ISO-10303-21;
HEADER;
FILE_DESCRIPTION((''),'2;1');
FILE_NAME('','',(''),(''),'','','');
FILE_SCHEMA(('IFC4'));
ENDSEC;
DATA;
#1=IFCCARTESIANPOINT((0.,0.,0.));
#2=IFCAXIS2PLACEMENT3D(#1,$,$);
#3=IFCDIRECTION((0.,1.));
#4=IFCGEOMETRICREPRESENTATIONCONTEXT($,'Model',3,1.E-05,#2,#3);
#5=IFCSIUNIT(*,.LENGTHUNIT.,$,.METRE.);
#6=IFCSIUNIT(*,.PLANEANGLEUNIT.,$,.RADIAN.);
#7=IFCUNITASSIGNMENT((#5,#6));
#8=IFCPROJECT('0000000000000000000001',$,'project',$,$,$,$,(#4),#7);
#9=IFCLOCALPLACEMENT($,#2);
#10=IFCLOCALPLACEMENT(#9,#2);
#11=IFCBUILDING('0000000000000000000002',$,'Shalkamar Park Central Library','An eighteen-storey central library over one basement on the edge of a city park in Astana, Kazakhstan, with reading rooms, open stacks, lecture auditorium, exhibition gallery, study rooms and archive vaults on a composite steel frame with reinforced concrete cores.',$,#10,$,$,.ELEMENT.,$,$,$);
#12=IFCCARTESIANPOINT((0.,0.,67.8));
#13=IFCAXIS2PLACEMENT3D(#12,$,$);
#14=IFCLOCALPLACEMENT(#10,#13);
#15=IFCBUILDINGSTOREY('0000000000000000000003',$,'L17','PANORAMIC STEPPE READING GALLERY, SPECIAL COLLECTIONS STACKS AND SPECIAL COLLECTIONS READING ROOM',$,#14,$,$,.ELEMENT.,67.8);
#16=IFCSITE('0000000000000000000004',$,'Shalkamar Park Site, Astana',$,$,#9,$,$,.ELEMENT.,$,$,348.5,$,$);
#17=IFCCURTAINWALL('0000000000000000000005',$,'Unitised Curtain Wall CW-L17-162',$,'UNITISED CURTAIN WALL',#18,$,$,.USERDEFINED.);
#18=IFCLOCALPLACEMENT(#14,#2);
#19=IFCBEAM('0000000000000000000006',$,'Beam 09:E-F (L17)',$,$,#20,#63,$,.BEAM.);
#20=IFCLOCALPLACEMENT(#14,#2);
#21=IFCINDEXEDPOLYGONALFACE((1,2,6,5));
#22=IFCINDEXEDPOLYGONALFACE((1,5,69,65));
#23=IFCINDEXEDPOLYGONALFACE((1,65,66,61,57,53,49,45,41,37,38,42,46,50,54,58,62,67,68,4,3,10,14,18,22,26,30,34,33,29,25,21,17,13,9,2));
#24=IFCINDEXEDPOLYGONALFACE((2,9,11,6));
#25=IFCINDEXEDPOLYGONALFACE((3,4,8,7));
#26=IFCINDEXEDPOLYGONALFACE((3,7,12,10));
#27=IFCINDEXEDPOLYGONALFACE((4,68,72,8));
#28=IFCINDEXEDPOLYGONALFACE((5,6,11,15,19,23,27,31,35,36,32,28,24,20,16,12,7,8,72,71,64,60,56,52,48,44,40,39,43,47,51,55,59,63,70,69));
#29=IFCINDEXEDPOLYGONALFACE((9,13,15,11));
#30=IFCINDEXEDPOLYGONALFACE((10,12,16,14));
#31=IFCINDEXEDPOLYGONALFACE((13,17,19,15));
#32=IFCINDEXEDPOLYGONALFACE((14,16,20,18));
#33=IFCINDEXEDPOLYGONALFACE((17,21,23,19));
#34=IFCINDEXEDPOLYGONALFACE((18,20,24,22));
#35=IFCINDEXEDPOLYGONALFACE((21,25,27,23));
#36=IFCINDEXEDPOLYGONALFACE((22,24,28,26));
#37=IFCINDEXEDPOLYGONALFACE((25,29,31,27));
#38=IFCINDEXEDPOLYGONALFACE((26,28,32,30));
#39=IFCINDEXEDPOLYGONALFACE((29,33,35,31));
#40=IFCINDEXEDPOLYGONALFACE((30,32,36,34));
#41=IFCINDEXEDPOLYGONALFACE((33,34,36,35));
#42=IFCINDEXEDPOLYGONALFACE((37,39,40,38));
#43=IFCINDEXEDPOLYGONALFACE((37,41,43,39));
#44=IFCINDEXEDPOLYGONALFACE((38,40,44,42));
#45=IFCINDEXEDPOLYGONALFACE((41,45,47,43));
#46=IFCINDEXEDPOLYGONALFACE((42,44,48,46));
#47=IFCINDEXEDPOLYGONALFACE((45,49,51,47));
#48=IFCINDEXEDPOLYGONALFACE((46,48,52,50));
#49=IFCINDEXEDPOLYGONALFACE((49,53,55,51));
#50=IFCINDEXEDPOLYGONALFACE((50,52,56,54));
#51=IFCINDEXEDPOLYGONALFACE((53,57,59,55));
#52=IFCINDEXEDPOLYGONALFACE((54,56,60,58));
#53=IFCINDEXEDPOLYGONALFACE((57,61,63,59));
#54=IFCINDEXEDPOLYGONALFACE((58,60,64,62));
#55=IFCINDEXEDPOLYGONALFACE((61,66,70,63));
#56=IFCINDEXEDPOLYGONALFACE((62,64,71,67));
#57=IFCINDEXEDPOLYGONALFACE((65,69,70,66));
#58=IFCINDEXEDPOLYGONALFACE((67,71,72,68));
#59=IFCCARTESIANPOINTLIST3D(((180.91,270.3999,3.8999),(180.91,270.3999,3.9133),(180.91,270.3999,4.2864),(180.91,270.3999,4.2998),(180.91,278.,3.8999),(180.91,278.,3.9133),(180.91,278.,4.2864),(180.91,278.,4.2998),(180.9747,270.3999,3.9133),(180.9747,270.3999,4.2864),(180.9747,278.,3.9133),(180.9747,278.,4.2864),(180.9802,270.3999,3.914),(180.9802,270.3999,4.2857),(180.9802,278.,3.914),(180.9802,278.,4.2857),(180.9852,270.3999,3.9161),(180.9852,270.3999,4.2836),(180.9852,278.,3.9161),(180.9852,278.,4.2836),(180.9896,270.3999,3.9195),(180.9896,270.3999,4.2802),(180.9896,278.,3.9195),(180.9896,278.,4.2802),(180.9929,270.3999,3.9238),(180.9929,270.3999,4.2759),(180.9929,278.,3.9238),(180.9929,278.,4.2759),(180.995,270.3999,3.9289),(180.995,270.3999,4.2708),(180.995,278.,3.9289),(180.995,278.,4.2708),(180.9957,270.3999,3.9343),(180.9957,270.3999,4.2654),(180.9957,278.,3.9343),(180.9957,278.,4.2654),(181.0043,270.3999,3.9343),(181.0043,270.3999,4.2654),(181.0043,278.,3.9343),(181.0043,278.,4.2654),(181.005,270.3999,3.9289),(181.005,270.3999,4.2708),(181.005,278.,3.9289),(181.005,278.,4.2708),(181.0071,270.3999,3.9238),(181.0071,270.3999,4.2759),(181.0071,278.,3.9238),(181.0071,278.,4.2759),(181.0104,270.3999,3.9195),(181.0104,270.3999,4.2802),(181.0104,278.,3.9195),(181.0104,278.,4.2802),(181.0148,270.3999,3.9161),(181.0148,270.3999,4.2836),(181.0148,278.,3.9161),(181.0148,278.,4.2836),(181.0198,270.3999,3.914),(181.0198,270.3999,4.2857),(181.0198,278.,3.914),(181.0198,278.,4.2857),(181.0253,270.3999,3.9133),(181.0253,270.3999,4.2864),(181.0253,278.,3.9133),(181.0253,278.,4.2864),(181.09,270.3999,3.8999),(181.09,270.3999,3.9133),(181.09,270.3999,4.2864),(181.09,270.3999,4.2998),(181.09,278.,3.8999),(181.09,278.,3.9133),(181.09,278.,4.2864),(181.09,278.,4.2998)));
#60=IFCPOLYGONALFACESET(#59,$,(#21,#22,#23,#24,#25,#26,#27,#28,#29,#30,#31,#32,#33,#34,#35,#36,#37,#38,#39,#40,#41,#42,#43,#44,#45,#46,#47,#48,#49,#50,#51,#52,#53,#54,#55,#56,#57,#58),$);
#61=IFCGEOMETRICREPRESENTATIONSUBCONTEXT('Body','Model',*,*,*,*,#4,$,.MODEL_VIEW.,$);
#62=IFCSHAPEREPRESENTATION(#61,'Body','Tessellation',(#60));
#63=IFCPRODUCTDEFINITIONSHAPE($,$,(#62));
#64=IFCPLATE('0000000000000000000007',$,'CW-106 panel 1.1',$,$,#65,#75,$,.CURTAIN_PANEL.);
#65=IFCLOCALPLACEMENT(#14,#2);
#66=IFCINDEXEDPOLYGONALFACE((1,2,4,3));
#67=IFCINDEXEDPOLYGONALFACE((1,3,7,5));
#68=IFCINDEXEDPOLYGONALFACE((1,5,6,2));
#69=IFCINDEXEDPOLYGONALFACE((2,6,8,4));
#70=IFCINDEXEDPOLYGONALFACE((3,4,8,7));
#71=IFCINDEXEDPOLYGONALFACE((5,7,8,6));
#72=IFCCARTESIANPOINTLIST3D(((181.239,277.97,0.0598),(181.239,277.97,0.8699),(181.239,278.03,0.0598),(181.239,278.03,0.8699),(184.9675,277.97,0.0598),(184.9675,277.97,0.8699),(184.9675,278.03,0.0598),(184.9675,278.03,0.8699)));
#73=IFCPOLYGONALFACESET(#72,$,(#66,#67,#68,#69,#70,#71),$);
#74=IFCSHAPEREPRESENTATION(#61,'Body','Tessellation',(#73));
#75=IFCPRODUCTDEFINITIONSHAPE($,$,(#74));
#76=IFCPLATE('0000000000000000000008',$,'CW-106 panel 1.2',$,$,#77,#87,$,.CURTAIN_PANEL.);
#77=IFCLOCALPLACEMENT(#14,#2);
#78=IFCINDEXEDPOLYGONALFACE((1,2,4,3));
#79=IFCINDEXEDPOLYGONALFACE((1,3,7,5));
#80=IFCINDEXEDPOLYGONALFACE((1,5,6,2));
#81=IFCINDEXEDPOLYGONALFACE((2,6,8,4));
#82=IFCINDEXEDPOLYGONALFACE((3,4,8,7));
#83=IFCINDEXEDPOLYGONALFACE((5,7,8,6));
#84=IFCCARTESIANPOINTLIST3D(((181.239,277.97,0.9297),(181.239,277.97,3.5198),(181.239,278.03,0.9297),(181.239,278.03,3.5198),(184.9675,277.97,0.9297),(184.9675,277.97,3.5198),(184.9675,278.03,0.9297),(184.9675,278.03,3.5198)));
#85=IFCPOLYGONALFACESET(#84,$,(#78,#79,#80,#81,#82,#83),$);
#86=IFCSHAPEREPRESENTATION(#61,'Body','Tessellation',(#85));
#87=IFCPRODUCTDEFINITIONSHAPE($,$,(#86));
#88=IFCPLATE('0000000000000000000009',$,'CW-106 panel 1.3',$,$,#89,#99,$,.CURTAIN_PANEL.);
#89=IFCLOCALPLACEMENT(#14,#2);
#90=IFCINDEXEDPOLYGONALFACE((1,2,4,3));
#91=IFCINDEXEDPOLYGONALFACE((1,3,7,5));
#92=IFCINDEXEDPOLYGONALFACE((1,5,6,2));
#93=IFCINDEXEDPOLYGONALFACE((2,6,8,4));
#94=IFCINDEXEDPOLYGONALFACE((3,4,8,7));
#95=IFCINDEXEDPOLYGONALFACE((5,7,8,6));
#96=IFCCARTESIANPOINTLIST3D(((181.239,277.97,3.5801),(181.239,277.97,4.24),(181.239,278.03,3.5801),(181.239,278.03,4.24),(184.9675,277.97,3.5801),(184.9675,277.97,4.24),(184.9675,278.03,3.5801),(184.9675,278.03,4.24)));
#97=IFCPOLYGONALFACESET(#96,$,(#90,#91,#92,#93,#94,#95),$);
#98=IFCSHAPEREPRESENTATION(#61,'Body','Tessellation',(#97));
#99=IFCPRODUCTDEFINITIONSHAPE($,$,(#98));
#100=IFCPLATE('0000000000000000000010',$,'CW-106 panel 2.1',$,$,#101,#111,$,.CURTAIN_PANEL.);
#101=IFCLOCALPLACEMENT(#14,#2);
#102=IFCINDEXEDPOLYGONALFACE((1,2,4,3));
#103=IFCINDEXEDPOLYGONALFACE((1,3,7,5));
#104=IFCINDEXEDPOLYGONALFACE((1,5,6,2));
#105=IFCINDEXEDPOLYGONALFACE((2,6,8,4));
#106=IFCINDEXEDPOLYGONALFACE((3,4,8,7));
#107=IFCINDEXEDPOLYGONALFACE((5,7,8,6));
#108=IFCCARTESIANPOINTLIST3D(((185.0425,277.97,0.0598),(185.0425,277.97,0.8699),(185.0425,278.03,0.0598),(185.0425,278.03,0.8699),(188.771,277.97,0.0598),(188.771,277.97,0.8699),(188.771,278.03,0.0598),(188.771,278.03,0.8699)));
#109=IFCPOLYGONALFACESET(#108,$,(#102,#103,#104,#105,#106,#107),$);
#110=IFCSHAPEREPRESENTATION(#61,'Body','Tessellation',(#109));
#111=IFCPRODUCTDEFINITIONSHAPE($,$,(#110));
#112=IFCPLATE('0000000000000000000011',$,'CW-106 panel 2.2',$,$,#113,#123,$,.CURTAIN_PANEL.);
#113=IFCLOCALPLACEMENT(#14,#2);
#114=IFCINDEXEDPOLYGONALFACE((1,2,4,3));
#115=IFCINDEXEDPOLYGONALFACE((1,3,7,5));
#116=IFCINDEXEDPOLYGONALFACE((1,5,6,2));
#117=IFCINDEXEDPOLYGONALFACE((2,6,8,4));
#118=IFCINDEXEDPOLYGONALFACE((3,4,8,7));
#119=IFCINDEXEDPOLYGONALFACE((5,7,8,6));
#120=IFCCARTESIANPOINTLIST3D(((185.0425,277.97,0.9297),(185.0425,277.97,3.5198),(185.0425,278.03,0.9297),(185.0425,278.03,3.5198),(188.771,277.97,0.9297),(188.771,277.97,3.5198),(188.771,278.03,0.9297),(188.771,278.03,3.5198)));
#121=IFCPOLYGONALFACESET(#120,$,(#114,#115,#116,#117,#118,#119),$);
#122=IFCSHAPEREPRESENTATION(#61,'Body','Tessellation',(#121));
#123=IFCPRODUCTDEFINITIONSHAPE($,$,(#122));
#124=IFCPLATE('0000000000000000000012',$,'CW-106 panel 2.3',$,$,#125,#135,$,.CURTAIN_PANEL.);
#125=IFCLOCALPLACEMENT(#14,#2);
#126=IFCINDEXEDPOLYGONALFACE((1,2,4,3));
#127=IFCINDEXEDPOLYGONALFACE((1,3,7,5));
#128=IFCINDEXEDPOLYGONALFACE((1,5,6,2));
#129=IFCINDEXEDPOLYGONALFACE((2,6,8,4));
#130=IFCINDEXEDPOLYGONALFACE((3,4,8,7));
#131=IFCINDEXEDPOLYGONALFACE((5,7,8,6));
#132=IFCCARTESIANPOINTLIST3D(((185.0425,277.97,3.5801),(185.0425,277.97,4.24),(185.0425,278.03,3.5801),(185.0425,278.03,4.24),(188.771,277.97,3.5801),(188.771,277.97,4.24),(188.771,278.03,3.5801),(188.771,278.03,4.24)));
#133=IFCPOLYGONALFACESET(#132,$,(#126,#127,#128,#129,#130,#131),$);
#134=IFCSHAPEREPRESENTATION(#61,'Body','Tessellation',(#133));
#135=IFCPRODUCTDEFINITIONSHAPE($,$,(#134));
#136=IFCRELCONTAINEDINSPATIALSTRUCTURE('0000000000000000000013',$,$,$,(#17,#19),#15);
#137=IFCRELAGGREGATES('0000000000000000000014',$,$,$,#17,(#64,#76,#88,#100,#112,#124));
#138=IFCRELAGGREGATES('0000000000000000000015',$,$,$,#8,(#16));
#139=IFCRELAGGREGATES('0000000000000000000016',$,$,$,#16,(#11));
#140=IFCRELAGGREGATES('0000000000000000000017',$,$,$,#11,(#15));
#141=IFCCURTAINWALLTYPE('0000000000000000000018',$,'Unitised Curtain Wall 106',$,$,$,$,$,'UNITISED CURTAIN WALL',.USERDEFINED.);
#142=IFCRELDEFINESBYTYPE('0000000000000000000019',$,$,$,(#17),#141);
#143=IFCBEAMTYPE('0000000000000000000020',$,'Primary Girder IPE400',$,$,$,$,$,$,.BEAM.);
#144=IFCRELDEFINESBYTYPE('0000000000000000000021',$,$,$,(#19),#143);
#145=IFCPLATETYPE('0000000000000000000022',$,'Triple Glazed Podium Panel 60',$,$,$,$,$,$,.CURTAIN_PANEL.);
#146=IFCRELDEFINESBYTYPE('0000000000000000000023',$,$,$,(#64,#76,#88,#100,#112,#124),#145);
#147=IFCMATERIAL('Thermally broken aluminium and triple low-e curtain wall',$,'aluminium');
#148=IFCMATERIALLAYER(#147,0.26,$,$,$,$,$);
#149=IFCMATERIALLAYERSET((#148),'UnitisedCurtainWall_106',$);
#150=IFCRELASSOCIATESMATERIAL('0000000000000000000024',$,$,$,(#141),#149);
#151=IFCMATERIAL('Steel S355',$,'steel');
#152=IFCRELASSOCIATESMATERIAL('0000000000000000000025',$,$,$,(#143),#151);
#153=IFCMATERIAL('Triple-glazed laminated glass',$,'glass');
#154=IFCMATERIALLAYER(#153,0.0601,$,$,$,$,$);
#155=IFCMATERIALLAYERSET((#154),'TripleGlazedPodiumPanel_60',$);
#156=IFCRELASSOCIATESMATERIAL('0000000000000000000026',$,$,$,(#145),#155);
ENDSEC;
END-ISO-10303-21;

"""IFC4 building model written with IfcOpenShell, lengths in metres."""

from ifc_helpers import new_model, si_unit, direction, frame, origin, origin_2d, place, context, subcontext, project, spatial, rectangle, i_section, extrude, material, layer, layer_set, material_profile, profile_set, type_object, element, aggregate, save


model = new_model("IFC4")

# Units and contexts
model_context = context("Model", 3, precision=1e-05, world=origin(), true_north=direction((0.0, 1.0)))
body_context = subcontext(model_context, "Body", "Model", "MODEL_VIEW")
ifc_project = project(units=[si_unit("LENGTHUNIT", "METRE"), si_unit("PLANEANGLEUNIT", "RADIAN")], contexts=[model_context])

# Site, building, storey
site_placement = place(None, origin())
site = spatial("IfcSite", under=ifc_project, at=site_placement, Name="Shalkamar Park Site, Astana", CompositionType="ELEMENT", RefElevation=348.5)
building_placement = place(site_placement, origin())
building = spatial("IfcBuilding", under=site, at=building_placement, Name="Shalkamar Park Central Library", Description="An eighteen-storey central library over one basement on the edge of a city park in Astana, Kazakhstan, with reading rooms, open stacks, lecture auditorium, exhibition gallery, study rooms and archive vaults on a composite steel frame with reinforced concrete cores.", CompositionType="ELEMENT")
storey_placement = place(building_placement, frame((0.0, 0.0, 67.8)))
storey = spatial("IfcBuildingStorey", under=building, at=storey_placement, Name="L17", Description="PANORAMIC STEPPE READING GALLERY, SPECIAL COLLECTIONS STACKS AND SPECIAL COLLECTIONS READING ROOM", CompositionType="ELEMENT", Elevation=67.8)

# Shared definitions
ifc_material_1 = material(Name="Steel S355", Category="steel")

# Curtain wall
ifc_material_2 = material(Name="Thermally broken aluminium and triple low-e curtain wall", Category="aluminium")
ifc_layer_1 = layer(ifc_material_2, 0.26)
ifc_layer_set_1 = layer_set([ifc_layer_1], Name="UnitisedCurtainWall_106")
curtain_wall_type = type_object("IfcCurtainWallType", Name="Unitised Curtain Wall 106", ElementType="UNITISED CURTAIN WALL", PredefinedType="USERDEFINED", material=ifc_layer_set_1)
curtain_wall_placement = place(storey_placement, origin())
curtain_wall = element("IfcCurtainWall", 1, at=curtain_wall_placement, inside=storey, type_object=curtain_wall_type, Name="Unitised Curtain Wall CW-L17-162", ObjectType="UNITISED CURTAIN WALL", PredefinedType="USERDEFINED")

# Beam
ifc_material_profile_1 = material_profile(ifc_material_1, i_section(OverallWidth=0.1799, OverallDepth=0.3999, WebThickness=0.0085, FlangeThickness=0.0134, FilletRadius=0.021, at=origin_2d()), Name="IPE 400")
ifc_profile_set_1 = profile_set([ifc_material_profile_1], Name="Steel S355")
beam_type_1 = type_object("IfcBeamType", Name="Primary Girder IPE400", PredefinedType="BEAM", material=ifc_profile_set_1)
beam_1_placement = place(storey_placement, frame((181.0, 270.3999, 4.0999), z_axis=(0.0, 1.0, 0.0), x_axis=(-1.0, 0.0, 0.0)))
element("IfcBeam", 2, at=beam_1_placement, inside=storey, type_object=beam_type_1, Name="Beam 09:E-F (L17)", PredefinedType="BEAM", context=body_context, shape_type="SweptSolid", body=[
    extrude(i_section(OverallWidth=0.1799, OverallDepth=0.3999, WebThickness=0.0085, FlangeThickness=0.0134, FilletRadius=0.021, at=origin_2d()), origin(), (0.0, 0.0, 1.0), 7.6001),
])

# Plates
ifc_material_3 = material(Name="Triple-glazed laminated glass", Category="glass")
ifc_layer_2 = layer(ifc_material_3, 0.0601)
ifc_layer_set_2 = layer_set([ifc_layer_2], Name="TripleGlazedPodiumPanel_60")
plate_type = type_object("IfcPlateType", Name="Triple Glazed Podium Panel 60", PredefinedType="CURTAIN_PANEL", material=ifc_layer_set_2)
plate_1_placement = place(storey_placement, frame((183.1033, 278.0, 0.0598), z_axis=(0.0, 0.0, 1.0), x_axis=(1.0, 0.0, 0.0)))
plate_1 = element("IfcPlate", 3, at=plate_1_placement, type_object=plate_type, Name="CW-106 panel 1.1", PredefinedType="CURTAIN_PANEL", context=body_context, shape_type="SweptSolid", body=[
    extrude(rectangle(XDim=3.7285, YDim=0.0601, at=origin_2d()), origin(), (0.0, 0.0, 1.0), 0.8101),
])
plate_2_placement = place(storey_placement, frame((183.1033, 278.0, 0.9297), z_axis=(0.0, 0.0, 1.0), x_axis=(1.0, 0.0, 0.0)))
plate_2 = element("IfcPlate", 4, at=plate_2_placement, type_object=plate_type, Name="CW-106 panel 1.2", PredefinedType="CURTAIN_PANEL", context=body_context, shape_type="SweptSolid", body=[
    extrude(rectangle(XDim=3.7285, YDim=0.0601, at=origin_2d()), origin(), (0.0, 0.0, 1.0), 2.5901),
])
plate_3_placement = place(storey_placement, frame((183.1033, 278.0, 3.5801), z_axis=(0.0, 0.0, 1.0), x_axis=(1.0, 0.0, 0.0)))
plate_3 = element("IfcPlate", 5, at=plate_3_placement, type_object=plate_type, Name="CW-106 panel 1.3", PredefinedType="CURTAIN_PANEL", context=body_context, shape_type="SweptSolid", body=[
    extrude(rectangle(XDim=3.7285, YDim=0.0601, at=origin_2d()), origin(), (0.0, 0.0, 1.0), 0.6599),
])
plate_4_placement = place(storey_placement, frame((186.9067, 278.0, 0.0598), z_axis=(0.0, 0.0, 1.0), x_axis=(1.0, 0.0, 0.0)))
plate_4 = element("IfcPlate", 6, at=plate_4_placement, type_object=plate_type, Name="CW-106 panel 2.1", PredefinedType="CURTAIN_PANEL", context=body_context, shape_type="SweptSolid", body=[
    extrude(rectangle(XDim=3.7285, YDim=0.0601, at=origin_2d()), origin(), (0.0, 0.0, 1.0), 0.8101),
])
plate_5_placement = place(storey_placement, frame((186.9067, 278.0, 0.9297), z_axis=(0.0, 0.0, 1.0), x_axis=(1.0, 0.0, 0.0)))
plate_5 = element("IfcPlate", 7, at=plate_5_placement, type_object=plate_type, Name="CW-106 panel 2.2", PredefinedType="CURTAIN_PANEL", context=body_context, shape_type="SweptSolid", body=[
    extrude(rectangle(XDim=3.7285, YDim=0.0601, at=origin_2d()), origin(), (0.0, 0.0, 1.0), 2.5901),
])
plate_6_placement = place(storey_placement, frame((186.9067, 278.0, 3.5801), z_axis=(0.0, 0.0, 1.0), x_axis=(1.0, 0.0, 0.0)))
plate_6 = element("IfcPlate", 8, at=plate_6_placement, type_object=plate_type, Name="CW-106 panel 2.3", PredefinedType="CURTAIN_PANEL", context=body_context, shape_type="SweptSolid", body=[
    extrude(rectangle(XDim=3.7285, YDim=0.0601, at=origin_2d()), origin(), (0.0, 0.0, 1.0), 0.6599),
])
aggregate(curtain_wall, [plate_1, plate_2, plate_3, plate_4, plate_5, plate_6])

save(model, "model.ifc")
